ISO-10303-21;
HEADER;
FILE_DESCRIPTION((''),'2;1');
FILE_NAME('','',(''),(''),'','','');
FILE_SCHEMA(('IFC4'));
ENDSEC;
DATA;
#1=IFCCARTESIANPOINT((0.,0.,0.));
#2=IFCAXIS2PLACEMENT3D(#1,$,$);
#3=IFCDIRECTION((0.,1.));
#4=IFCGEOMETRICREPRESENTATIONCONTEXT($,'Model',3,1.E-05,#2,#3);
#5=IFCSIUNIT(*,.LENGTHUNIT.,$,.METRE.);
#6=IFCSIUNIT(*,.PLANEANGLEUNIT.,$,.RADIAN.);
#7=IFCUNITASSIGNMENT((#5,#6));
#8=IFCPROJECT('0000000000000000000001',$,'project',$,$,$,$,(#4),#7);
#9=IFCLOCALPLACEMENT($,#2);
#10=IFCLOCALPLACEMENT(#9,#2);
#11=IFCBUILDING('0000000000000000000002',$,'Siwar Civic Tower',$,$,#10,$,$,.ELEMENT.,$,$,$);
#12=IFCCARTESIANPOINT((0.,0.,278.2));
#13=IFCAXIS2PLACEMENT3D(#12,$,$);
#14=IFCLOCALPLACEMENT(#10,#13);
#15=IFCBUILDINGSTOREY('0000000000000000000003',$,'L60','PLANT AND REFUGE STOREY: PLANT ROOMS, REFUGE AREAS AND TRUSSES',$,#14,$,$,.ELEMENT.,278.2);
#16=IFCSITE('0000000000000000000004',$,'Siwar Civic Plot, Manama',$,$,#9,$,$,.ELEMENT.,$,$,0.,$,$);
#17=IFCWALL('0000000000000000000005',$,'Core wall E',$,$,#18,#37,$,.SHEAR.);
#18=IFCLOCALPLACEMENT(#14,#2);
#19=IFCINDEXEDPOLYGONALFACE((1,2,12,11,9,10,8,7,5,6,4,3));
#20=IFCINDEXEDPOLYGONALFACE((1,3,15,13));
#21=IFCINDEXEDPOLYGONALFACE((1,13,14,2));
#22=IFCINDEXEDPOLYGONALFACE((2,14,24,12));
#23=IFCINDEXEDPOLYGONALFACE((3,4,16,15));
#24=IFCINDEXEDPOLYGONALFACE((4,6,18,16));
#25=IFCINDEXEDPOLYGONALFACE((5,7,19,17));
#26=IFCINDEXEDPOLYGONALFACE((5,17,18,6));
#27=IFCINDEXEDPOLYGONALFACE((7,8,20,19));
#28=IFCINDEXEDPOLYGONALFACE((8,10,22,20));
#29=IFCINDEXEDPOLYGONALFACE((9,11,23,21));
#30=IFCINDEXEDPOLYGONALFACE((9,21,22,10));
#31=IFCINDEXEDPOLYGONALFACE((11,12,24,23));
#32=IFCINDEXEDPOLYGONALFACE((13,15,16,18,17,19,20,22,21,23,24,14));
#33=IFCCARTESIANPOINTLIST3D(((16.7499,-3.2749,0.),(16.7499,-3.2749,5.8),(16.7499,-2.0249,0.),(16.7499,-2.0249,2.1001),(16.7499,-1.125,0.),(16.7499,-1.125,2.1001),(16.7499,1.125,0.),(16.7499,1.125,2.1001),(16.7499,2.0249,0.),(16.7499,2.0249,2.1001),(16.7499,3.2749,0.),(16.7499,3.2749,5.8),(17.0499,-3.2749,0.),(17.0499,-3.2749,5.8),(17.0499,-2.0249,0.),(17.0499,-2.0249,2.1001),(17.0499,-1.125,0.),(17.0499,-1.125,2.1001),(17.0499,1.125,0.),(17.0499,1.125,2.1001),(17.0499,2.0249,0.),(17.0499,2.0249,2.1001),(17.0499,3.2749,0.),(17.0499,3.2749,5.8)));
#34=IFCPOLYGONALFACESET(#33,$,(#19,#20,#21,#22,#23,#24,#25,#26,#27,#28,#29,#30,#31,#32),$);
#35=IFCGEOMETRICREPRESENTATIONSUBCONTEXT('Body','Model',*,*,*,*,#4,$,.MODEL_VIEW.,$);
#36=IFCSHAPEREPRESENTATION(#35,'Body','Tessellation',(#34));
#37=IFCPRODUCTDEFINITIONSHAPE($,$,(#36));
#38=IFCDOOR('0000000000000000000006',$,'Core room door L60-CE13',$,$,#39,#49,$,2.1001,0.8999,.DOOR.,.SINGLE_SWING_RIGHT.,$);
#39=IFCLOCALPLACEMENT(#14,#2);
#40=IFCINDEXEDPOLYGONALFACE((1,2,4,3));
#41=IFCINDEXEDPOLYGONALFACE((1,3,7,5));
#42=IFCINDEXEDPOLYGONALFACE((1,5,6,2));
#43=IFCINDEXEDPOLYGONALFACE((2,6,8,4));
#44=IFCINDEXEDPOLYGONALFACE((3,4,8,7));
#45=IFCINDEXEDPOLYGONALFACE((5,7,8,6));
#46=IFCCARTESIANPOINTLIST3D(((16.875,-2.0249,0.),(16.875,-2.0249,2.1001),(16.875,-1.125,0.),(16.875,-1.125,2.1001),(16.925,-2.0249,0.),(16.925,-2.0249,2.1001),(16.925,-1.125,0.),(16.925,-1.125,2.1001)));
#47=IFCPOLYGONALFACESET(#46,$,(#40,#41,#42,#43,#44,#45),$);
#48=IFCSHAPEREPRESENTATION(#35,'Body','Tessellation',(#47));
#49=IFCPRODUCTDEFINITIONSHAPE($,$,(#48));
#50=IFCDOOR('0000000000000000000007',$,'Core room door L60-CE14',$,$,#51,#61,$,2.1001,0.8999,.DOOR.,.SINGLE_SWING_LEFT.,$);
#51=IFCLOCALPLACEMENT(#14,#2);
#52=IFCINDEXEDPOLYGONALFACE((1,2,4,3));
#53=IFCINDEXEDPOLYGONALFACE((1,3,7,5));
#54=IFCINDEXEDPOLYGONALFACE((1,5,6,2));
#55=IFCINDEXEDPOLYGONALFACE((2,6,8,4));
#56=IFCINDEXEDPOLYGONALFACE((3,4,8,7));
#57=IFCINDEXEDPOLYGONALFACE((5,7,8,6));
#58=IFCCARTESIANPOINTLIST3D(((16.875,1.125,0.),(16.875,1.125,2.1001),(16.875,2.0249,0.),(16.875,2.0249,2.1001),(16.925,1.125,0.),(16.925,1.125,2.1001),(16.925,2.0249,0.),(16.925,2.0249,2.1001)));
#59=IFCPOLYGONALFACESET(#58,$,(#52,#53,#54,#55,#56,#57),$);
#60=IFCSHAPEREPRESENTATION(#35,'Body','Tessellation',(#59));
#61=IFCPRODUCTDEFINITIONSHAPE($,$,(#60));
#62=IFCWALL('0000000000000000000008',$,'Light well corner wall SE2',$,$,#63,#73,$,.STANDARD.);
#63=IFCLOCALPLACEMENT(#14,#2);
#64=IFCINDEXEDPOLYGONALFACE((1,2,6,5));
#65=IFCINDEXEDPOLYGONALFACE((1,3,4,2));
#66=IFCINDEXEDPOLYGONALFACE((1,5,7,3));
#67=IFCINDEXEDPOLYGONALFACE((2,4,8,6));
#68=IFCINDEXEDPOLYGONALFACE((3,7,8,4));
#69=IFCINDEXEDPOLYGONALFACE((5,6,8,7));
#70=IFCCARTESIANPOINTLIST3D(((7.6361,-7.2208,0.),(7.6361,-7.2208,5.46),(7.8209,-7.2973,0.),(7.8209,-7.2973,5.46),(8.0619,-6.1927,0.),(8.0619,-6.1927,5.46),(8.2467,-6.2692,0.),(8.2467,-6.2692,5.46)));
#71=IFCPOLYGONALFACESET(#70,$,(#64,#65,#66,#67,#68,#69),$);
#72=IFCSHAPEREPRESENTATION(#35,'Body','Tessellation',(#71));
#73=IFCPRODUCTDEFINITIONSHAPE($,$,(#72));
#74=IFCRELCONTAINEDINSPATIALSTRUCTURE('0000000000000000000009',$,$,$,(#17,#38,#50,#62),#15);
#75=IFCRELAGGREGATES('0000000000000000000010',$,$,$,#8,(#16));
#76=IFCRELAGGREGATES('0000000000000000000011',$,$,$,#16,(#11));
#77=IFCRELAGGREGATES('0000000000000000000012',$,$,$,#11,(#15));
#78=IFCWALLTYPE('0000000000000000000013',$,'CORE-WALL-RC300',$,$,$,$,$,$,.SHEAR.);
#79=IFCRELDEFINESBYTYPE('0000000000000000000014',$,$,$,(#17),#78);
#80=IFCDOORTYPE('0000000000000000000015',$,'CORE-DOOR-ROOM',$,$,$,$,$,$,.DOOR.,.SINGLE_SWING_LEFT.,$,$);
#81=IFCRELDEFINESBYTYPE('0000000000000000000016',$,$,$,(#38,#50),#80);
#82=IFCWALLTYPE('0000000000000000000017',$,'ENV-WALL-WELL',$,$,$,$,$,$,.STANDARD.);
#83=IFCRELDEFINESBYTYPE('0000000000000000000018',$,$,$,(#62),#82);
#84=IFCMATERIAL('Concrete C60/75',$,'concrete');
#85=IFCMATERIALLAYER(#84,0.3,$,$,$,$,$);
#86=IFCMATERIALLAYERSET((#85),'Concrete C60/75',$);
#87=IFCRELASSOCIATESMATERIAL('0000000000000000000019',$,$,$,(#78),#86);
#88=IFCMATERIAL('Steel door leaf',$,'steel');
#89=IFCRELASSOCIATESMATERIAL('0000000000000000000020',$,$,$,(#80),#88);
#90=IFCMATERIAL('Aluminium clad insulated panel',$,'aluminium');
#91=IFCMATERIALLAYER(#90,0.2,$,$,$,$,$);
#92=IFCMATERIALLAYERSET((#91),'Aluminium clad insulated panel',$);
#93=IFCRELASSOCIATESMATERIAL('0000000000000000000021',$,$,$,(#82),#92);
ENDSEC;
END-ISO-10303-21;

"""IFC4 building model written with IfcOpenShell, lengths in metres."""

from ifc_helpers import new_model, si_unit, direction, frame, frame_2d, origin, place, context, subcontext, project, spatial, rectangle, extrude, material, layer, layer_set, type_object, element, fill, save


model = new_model("IFC4")

# Units and contexts
model_context = context("Model", 3, precision=1e-05, world=origin(), true_north=direction((0.0, 1.0)))
body_context = subcontext(model_context, "Body", "Model", "MODEL_VIEW")
ifc_project = project(units=[si_unit("LENGTHUNIT", "METRE"), si_unit("PLANEANGLEUNIT", "RADIAN")], contexts=[model_context])

# Site, building, storey
site_placement = place(None, origin())
site = spatial("IfcSite", under=ifc_project, at=site_placement, Name="Siwar Civic Plot, Manama", CompositionType="ELEMENT", RefElevation=0.0)
building_placement = place(site_placement, origin())
building = spatial("IfcBuilding", under=site, at=building_placement, Name="Siwar Civic Tower", CompositionType="ELEMENT")
storey_placement = place(building_placement, frame((0.0, 0.0, 278.2)))
storey = spatial("IfcBuildingStorey", under=building, at=storey_placement, Name="L60", Description="PLANT AND REFUGE STOREY: PLANT ROOMS, REFUGE AREAS AND TRUSSES", CompositionType="ELEMENT", Elevation=278.2)

# Wall, openings, doors
ifc_material_1 = material(Name="Concrete C60/75", Category="concrete")
ifc_layer_1 = layer(ifc_material_1, 0.3)
ifc_layer_set_1 = layer_set([ifc_layer_1], Name="Concrete C60/75")
wall_type_1 = type_object("IfcWallType", Name="CORE-WALL-RC300", PredefinedType="SHEAR", material=ifc_layer_set_1)
wall_1_placement = place(storey_placement, frame((16.8999, -3.2749, 0.0), z_axis=(0.0, 0.0, 1.0), x_axis=(0.0, 1.0, 0.0)))
wall_1 = element("IfcWall", 1, at=wall_1_placement, inside=storey, type_object=wall_type_1, Name="Core wall E", PredefinedType="SHEAR", context=body_context, shape_type="SweptSolid", body=[
    extrude(rectangle(XDim=6.5498, YDim=0.3, at=frame_2d((3.2749, 0.0))), origin(), (0.0, 0.0, 1.0), 5.8),
])
opening_1_placement = place(wall_1_placement, frame((1.25, 0.0, 0.0)))
opening_1 = element("IfcOpeningElement", 2, at=opening_1_placement, cuts=wall_1, PredefinedType="OPENING", context=body_context, shape_type="SweptSolid", body=[
    extrude(rectangle(XDim=0.8999, YDim=2.1001, at=frame_2d((0.45, 1.05))), frame((0.0, 0.1602, 0.0), z_axis=(0.0, -1.0, 0.0), x_axis=(1.0, 0.0, 0.0)), (0.0, 0.0, 1.0), 0.3201),
])
opening_2_placement = place(wall_1_placement, frame((4.3999, 0.0, 0.0)))
opening_2 = element("IfcOpeningElement", 3, at=opening_2_placement, cuts=wall_1, PredefinedType="OPENING", context=body_context, shape_type="SweptSolid", body=[
    extrude(rectangle(XDim=0.8999, YDim=2.1001, at=frame_2d((0.45, 1.05))), frame((0.0, 0.1602, 0.0), z_axis=(0.0, -1.0, 0.0), x_axis=(1.0, 0.0, 0.0)), (0.0, 0.0, 1.0), 0.3201),
])
ifc_material_2 = material(Name="Steel door leaf", Category="steel")
door_type_1 = type_object("IfcDoorType", Name="CORE-DOOR-ROOM", OperationType="SINGLE_SWING_LEFT", PredefinedType="DOOR", material=ifc_material_2)
door_1_placement = place(opening_1_placement, origin())
door_1 = element("IfcDoor", 4, at=door_1_placement, inside=storey, type_object=door_type_1, Name="Core room door L60-CE13", OperationType="SINGLE_SWING_RIGHT", OverallHeight=2.1001, OverallWidth=0.8999, PredefinedType="DOOR", context=body_context, shape_type="SweptSolid", body=[
    extrude(rectangle(XDim=0.8999, YDim=2.1001, at=frame_2d((0.45, 1.05))), frame((0.0, 0.0249, 0.0), z_axis=(0.0, -1.0, 0.0), x_axis=(1.0, 0.0, 0.0)), (0.0, 0.0, 1.0), 0.05),
])
fill(opening_1, door_1)
door_2_placement = place(opening_2_placement, origin())
door_2 = element("IfcDoor", 5, at=door_2_placement, inside=storey, type_object=door_type_1, Name="Core room door L60-CE14", OperationType="SINGLE_SWING_LEFT", OverallHeight=2.1001, OverallWidth=0.8999, PredefinedType="DOOR", context=body_context, shape_type="SweptSolid", body=[
    extrude(rectangle(XDim=0.8999, YDim=2.1001, at=frame_2d((0.45, 1.05))), frame((0.0, 0.0249, 0.0), z_axis=(0.0, -1.0, 0.0), x_axis=(1.0, 0.0, 0.0)), (0.0, 0.0, 1.0), 0.05),
])
fill(opening_2, door_2)

# Wall
ifc_material_3 = material(Name="Aluminium clad insulated panel", Category="aluminium")
ifc_layer_2 = layer(ifc_material_3, 0.2)
ifc_layer_set_2 = layer_set([ifc_layer_2], Name="Aluminium clad insulated panel")
wall_type_2 = type_object("IfcWallType", Name="ENV-WALL-WELL", PredefinedType="STANDARD", material=ifc_layer_set_2)
wall_2_placement = place(storey_placement, frame((7.7285, -7.259, 0.0), z_axis=(0.0, 0.0, 1.0), x_axis=(0.382636, 0.923899, 0.0)))
element("IfcWall", 6, at=wall_2_placement, inside=storey, type_object=wall_type_2, Name="Light well corner wall SE2", PredefinedType="STANDARD", context=body_context, shape_type="SweptSolid", body=[
    extrude(rectangle(XDim=1.1128, YDim=0.2, at=frame_2d((0.5564, 0.0))), origin(), (0.0, 0.0, 1.0), 5.46),
])

save(model, "model.ifc")
